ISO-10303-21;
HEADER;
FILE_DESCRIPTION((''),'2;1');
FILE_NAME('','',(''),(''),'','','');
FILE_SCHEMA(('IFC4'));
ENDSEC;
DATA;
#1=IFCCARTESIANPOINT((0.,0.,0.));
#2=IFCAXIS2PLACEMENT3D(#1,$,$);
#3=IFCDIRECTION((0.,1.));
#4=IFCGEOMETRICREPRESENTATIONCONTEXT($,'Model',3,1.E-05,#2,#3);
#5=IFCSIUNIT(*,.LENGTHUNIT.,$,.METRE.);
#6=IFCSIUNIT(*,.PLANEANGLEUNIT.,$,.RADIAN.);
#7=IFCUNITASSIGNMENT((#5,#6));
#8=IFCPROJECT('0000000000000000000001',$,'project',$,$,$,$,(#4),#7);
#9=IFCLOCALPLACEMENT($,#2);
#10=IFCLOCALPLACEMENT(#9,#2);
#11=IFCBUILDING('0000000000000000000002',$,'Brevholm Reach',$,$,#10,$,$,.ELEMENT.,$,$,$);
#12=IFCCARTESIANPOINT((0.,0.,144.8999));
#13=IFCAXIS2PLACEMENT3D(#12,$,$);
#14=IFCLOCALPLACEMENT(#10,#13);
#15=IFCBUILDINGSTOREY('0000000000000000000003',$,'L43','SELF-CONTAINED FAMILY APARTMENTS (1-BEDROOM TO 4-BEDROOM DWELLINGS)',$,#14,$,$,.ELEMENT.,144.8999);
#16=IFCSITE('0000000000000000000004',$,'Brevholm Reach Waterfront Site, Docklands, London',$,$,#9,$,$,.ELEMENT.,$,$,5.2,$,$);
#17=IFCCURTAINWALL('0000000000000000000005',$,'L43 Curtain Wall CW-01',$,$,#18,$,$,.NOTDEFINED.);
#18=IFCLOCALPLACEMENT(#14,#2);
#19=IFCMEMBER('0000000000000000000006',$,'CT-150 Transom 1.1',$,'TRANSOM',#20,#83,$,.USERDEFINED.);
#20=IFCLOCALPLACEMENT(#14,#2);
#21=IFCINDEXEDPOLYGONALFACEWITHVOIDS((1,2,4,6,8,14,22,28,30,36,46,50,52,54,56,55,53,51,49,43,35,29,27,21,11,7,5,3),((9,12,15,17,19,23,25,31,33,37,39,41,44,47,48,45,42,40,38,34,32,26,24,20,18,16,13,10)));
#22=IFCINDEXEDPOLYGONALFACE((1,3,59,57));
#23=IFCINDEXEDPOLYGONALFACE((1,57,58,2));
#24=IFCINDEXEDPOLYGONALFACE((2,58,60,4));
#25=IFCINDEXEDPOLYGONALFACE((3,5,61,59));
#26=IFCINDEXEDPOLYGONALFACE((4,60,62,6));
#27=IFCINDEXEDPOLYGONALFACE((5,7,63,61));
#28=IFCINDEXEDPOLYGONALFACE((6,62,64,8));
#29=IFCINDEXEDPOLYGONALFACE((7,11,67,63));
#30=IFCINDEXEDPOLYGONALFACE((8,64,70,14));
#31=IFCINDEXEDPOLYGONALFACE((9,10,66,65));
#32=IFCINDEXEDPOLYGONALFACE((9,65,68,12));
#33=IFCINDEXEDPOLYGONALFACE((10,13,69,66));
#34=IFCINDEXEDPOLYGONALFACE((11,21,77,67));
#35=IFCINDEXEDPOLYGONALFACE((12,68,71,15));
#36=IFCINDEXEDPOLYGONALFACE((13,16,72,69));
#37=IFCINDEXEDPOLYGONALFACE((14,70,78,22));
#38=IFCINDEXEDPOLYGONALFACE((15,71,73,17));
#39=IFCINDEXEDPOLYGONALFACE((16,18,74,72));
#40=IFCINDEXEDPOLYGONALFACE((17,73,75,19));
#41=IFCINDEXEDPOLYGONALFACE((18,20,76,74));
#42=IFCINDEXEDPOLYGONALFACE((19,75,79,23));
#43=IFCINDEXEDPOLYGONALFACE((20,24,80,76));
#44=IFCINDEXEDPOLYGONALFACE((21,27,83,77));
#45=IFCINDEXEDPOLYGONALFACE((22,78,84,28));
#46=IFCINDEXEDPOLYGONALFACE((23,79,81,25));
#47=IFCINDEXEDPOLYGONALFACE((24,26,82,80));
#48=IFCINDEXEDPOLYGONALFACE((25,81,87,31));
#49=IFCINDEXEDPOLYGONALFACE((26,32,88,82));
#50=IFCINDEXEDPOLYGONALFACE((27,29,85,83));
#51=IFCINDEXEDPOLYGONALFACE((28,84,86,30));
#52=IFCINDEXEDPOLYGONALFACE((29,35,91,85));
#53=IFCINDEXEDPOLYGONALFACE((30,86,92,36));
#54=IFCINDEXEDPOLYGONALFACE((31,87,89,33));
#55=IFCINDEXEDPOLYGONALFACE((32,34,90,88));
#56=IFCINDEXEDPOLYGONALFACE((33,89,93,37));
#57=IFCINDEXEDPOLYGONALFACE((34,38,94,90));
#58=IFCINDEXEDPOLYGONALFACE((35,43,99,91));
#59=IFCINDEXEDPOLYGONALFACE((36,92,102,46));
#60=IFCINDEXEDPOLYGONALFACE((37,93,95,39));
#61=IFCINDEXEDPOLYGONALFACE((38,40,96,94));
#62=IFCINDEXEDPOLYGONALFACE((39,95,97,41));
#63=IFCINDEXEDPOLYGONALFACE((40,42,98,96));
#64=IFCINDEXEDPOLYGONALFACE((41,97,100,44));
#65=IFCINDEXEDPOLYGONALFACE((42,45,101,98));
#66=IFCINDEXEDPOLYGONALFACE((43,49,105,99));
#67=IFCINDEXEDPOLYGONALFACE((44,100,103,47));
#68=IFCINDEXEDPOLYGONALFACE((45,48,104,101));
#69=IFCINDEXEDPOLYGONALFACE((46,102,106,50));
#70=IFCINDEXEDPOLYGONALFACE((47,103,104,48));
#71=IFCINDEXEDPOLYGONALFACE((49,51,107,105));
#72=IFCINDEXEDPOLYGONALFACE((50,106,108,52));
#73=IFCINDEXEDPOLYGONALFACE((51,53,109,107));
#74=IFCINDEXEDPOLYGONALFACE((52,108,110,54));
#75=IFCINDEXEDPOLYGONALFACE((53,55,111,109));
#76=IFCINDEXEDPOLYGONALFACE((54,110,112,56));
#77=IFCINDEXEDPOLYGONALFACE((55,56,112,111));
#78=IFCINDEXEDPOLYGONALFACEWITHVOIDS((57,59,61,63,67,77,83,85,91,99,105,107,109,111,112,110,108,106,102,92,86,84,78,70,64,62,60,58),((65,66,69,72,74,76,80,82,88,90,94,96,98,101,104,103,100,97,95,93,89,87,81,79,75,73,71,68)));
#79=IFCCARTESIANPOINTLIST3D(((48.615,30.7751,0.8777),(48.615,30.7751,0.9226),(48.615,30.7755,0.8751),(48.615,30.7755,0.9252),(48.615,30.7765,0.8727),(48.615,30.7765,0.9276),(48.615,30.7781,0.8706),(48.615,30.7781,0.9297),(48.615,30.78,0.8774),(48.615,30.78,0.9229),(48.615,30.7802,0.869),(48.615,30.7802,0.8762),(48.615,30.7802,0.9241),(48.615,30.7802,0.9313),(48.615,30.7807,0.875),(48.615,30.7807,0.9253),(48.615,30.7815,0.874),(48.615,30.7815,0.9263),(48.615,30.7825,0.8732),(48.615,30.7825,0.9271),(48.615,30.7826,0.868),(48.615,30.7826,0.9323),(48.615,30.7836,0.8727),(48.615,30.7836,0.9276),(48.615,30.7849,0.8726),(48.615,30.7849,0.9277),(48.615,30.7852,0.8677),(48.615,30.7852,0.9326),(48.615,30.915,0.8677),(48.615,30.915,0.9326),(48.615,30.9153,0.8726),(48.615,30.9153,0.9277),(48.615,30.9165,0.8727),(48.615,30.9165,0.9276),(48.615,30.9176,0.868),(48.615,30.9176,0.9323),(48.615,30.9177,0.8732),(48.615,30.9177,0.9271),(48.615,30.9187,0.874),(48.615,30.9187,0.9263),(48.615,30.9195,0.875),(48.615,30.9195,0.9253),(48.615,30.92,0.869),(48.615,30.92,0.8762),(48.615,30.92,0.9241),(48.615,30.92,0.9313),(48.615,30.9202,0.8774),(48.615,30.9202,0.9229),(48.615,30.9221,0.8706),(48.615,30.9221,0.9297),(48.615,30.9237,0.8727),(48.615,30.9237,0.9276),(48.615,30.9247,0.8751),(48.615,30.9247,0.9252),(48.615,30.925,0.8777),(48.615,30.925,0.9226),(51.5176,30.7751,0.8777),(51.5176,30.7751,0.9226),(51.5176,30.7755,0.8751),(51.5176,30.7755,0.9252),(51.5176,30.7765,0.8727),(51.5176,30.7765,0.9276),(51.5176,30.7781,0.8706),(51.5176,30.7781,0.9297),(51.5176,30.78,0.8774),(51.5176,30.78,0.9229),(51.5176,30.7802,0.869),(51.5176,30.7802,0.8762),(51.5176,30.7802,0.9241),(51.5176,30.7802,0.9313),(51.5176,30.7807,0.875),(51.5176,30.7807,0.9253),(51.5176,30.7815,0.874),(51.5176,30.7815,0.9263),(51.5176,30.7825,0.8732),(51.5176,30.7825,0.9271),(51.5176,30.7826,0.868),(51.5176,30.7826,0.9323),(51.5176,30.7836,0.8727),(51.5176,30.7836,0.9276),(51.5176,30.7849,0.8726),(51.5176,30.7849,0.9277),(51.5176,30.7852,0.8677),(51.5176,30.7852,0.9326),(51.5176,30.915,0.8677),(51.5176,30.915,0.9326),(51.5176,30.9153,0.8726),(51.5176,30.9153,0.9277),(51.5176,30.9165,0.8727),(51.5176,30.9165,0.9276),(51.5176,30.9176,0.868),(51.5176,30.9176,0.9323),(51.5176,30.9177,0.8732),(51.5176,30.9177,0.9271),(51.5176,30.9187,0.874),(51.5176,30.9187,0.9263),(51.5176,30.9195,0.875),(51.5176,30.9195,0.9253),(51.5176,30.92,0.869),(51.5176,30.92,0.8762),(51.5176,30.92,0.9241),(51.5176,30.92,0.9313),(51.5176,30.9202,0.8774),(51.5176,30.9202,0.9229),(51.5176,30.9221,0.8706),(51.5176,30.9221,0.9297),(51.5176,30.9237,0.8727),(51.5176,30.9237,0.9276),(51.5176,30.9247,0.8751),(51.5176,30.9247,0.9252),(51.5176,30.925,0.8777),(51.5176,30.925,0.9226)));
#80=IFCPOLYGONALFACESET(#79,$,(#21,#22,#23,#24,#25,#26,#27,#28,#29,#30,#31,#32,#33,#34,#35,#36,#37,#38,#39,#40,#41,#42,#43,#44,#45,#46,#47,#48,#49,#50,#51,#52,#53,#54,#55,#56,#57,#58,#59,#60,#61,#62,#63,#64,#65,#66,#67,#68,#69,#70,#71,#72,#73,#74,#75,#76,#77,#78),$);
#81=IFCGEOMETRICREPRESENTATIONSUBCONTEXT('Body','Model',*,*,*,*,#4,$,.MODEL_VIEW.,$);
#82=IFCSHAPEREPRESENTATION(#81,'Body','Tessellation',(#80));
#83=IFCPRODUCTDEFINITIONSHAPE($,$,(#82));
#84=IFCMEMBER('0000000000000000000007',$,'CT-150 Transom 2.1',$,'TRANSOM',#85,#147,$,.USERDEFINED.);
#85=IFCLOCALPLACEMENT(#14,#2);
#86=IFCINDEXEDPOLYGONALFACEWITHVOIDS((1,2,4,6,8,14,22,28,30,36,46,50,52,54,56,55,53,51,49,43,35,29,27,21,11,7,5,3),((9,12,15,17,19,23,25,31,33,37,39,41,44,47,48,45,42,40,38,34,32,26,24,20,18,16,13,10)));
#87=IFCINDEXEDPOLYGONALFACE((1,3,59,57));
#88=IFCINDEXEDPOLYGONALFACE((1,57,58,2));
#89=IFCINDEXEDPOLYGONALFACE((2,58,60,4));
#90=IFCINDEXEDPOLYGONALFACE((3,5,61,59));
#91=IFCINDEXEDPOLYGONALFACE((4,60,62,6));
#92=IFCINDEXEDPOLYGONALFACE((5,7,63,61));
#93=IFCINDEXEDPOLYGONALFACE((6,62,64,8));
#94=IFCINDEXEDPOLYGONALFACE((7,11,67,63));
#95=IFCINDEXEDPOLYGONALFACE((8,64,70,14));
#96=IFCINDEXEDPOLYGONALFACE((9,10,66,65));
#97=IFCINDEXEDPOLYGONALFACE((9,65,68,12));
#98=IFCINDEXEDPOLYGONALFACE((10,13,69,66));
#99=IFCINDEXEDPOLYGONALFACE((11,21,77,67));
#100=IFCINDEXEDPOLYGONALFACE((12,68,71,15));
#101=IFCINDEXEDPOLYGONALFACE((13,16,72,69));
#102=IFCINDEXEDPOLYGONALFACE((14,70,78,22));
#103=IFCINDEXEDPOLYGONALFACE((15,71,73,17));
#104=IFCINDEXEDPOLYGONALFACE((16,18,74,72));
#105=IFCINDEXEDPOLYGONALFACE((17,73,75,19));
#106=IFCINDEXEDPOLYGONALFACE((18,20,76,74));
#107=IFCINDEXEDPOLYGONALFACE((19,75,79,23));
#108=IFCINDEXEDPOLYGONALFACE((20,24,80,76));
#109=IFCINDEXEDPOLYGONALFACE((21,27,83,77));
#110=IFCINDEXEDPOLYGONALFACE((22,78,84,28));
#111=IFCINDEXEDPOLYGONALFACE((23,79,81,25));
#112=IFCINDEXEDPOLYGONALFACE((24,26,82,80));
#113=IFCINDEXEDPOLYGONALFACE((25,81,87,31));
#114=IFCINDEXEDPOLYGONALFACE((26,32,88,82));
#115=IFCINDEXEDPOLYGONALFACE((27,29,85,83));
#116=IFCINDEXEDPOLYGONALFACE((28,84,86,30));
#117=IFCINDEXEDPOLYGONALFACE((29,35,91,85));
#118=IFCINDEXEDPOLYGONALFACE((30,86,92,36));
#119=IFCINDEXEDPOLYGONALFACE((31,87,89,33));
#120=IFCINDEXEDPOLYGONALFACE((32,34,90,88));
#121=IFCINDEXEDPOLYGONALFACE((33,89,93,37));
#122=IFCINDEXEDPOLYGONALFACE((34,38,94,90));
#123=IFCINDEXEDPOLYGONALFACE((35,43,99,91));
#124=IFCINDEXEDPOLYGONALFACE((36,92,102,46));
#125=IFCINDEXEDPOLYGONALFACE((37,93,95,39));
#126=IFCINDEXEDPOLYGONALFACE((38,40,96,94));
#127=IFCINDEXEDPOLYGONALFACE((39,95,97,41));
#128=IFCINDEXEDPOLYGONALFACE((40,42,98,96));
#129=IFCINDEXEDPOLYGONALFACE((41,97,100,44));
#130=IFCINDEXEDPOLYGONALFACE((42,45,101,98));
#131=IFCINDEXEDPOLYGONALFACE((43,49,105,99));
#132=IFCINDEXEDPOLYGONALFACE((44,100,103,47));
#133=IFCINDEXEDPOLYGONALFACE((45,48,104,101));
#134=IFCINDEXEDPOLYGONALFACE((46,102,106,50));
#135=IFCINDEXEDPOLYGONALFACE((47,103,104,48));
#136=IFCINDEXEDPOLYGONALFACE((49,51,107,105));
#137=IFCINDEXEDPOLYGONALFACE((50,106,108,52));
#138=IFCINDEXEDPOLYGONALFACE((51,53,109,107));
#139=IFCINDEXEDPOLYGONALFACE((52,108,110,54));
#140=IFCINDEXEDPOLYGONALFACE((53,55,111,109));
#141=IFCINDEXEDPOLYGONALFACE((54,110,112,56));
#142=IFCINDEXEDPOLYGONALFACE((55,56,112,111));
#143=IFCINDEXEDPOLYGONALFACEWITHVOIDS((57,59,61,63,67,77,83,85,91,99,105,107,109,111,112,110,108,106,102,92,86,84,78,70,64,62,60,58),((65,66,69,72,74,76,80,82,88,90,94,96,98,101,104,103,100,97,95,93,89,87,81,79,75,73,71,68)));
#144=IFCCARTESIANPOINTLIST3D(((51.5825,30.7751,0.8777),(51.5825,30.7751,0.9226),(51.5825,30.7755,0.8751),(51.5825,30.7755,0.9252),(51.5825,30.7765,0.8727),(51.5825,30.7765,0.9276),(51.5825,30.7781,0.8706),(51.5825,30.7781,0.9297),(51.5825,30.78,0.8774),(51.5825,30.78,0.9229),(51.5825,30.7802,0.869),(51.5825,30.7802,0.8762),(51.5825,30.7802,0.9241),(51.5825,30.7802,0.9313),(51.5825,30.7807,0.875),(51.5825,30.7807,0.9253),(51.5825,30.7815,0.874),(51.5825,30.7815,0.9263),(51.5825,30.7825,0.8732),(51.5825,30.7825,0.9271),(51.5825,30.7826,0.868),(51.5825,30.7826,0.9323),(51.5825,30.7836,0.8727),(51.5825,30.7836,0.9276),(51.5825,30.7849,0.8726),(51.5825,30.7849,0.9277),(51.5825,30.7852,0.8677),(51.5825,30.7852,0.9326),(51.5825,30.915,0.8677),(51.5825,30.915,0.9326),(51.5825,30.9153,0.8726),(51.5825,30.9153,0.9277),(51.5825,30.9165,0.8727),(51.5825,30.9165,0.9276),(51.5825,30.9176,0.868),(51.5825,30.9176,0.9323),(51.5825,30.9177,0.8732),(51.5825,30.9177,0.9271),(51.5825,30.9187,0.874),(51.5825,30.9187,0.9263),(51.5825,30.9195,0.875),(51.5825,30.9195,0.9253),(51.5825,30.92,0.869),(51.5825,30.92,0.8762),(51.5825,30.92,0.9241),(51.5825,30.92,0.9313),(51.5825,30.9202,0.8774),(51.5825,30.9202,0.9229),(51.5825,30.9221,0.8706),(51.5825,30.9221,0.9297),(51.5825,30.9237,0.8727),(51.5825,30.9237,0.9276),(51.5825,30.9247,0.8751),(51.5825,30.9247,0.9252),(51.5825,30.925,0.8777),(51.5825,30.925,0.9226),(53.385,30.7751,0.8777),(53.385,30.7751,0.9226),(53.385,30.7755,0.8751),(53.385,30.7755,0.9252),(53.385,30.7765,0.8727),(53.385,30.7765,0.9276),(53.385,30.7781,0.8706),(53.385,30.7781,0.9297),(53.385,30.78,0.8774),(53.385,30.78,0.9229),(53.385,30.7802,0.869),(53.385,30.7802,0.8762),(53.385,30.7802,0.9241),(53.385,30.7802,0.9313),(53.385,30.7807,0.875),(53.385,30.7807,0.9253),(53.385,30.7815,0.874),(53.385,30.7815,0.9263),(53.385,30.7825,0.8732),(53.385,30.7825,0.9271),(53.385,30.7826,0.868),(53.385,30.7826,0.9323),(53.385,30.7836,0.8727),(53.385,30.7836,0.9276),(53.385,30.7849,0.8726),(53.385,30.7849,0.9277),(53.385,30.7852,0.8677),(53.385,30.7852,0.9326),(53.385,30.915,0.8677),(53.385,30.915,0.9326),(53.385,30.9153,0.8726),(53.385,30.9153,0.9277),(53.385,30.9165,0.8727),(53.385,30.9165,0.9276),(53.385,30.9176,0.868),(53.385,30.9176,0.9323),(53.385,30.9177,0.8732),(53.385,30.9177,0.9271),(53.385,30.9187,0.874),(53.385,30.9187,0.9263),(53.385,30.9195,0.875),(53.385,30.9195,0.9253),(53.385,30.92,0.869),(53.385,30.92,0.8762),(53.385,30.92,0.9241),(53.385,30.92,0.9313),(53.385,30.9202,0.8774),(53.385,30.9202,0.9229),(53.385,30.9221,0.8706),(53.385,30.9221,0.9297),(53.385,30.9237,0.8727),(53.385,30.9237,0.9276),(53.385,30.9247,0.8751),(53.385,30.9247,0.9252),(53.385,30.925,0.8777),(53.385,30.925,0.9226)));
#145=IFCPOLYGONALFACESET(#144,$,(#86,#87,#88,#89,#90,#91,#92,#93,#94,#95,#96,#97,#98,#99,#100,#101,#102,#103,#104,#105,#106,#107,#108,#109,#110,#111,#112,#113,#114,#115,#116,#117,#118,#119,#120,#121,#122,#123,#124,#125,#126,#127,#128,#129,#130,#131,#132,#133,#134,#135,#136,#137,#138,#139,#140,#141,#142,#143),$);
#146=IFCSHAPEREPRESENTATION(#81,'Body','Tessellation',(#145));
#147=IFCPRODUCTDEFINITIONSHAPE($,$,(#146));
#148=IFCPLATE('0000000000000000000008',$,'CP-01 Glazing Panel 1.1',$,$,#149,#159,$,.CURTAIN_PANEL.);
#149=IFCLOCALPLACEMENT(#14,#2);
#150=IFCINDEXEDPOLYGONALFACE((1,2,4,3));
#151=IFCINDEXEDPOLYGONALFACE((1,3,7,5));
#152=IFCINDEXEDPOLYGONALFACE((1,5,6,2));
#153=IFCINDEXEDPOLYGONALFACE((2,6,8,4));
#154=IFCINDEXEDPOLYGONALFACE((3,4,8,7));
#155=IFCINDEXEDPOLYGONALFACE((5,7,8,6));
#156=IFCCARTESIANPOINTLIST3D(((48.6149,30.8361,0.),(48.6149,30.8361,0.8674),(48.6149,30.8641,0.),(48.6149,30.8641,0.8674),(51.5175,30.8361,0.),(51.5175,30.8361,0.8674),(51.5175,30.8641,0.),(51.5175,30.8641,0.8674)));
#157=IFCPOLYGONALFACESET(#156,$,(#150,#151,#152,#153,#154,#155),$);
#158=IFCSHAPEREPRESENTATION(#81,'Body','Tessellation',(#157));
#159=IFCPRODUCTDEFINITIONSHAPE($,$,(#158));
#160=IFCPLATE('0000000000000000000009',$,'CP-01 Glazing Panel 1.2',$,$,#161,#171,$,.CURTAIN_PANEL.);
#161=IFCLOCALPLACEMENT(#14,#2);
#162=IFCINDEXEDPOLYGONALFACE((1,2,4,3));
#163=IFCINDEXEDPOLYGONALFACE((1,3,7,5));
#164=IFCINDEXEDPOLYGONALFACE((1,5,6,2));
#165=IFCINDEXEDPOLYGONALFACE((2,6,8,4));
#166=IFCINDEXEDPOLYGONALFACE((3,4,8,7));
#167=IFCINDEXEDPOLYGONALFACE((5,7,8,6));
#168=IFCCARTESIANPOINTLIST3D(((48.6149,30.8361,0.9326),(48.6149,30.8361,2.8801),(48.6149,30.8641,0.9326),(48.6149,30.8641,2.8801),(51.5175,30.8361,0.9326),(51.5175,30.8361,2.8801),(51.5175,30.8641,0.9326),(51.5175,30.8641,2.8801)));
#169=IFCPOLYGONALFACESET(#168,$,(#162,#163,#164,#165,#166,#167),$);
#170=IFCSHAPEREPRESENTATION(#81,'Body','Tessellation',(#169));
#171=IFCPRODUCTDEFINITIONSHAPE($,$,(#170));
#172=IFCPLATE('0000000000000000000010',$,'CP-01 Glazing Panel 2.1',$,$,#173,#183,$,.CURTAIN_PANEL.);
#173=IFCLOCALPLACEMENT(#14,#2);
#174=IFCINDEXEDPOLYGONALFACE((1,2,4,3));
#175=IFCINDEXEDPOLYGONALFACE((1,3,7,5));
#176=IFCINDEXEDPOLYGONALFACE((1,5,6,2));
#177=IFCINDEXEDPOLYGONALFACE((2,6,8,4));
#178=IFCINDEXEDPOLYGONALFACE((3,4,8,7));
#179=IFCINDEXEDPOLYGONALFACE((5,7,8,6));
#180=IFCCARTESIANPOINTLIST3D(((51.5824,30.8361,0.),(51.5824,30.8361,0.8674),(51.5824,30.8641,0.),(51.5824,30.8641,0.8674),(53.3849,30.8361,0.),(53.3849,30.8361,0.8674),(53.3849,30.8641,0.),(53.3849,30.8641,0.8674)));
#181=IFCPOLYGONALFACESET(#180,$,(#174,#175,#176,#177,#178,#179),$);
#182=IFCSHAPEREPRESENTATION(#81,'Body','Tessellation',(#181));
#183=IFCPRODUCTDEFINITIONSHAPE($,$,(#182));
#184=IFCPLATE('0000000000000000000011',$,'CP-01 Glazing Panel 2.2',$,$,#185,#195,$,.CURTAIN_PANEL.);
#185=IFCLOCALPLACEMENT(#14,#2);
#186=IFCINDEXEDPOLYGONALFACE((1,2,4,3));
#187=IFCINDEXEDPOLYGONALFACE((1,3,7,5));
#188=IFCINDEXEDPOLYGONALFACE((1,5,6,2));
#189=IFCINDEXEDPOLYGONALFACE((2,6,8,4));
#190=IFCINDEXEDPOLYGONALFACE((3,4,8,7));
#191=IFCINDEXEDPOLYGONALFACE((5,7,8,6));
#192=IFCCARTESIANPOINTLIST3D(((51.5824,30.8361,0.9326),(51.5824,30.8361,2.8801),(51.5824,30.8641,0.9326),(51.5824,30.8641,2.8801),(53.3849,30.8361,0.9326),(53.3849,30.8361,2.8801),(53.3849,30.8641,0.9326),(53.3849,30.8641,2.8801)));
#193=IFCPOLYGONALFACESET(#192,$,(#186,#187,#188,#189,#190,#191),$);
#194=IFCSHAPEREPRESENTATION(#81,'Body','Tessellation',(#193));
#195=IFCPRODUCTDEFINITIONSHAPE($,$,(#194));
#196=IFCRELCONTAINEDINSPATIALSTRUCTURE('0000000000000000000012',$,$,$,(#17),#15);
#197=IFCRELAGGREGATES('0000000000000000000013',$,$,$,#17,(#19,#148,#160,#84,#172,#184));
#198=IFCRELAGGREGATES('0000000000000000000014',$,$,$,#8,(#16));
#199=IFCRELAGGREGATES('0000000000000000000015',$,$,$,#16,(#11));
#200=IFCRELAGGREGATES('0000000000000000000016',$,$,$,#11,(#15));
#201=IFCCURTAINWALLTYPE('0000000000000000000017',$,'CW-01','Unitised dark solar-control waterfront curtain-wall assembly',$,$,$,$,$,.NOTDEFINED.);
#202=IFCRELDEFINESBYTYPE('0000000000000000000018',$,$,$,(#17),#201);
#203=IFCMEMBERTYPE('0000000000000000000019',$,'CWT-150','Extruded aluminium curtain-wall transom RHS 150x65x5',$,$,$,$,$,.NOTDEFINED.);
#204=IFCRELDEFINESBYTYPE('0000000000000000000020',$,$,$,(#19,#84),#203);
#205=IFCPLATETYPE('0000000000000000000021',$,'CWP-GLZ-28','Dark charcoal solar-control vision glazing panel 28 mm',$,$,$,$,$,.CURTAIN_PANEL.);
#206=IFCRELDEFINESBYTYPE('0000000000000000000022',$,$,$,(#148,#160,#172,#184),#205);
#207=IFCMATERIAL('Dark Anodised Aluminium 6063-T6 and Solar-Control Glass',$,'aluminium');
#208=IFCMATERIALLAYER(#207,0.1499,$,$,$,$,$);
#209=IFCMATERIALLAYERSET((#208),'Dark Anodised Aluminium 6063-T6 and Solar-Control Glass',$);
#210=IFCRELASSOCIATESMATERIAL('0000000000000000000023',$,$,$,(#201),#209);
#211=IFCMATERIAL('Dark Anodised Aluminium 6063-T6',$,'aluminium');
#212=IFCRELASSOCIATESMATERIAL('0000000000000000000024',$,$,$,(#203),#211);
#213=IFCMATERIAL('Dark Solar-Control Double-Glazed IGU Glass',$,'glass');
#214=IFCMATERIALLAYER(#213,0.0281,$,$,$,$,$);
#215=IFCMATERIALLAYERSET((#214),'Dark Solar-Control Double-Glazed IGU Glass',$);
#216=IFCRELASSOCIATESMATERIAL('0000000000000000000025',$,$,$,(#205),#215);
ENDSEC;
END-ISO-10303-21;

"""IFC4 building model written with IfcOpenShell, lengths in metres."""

from ifc_helpers import new_model, si_unit, direction, frame, origin, origin_2d, place, context, subcontext, project, spatial, rectangle, hollow_rectangle, extrude, material, layer, layer_set, material_profile, profile_set, type_object, element, aggregate, save


model = new_model("IFC4")

# Units and contexts
model_context = context("Model", 3, precision=1e-05, world=origin(), true_north=direction((0.0, 1.0)))
body_context = subcontext(model_context, "Body", "Model", "MODEL_VIEW")
ifc_project = project(units=[si_unit("LENGTHUNIT", "METRE"), si_unit("PLANEANGLEUNIT", "RADIAN")], contexts=[model_context])

# Site, building, storey
site_placement = place(None, origin())
site = spatial("IfcSite", under=ifc_project, at=site_placement, Name="Brevholm Reach Waterfront Site, Docklands, London", CompositionType="ELEMENT", RefElevation=5.2)
building_placement = place(site_placement, origin())
building = spatial("IfcBuilding", under=site, at=building_placement, Name="Brevholm Reach", CompositionType="ELEMENT")
storey_placement = place(building_placement, frame((0.0, 0.0, 144.8999)))
storey = spatial("IfcBuildingStorey", under=building, at=storey_placement, Name="L43", Description="SELF-CONTAINED FAMILY APARTMENTS (1-BEDROOM TO 4-BEDROOM DWELLINGS)", CompositionType="ELEMENT", Elevation=144.8999)

# Curtain wall, members, plates
ifc_material_1 = material(Name="Dark Anodised Aluminium 6063-T6 and Solar-Control Glass", Category="aluminium")
ifc_layer_1 = layer(ifc_material_1, 0.1499)
ifc_layer_set_1 = layer_set([ifc_layer_1], Name="Dark Anodised Aluminium 6063-T6 and Solar-Control Glass")
curtain_wall_type = type_object("IfcCurtainWallType", Name="CW-01", Description="Unitised dark solar-control waterfront curtain-wall assembly", PredefinedType="NOTDEFINED", material=ifc_layer_set_1)
curtain_wall_placement = place(storey_placement, origin())
curtain_wall = element("IfcCurtainWall", 1, at=curtain_wall_placement, inside=storey, type_object=curtain_wall_type, Name="L43 Curtain Wall CW-01", PredefinedType="NOTDEFINED")
ifc_material_2 = material(Name="Dark Anodised Aluminium 6063-T6", Category="aluminium")
ifc_material_profile_1 = material_profile(ifc_material_2, hollow_rectangle(XDim=0.0649, YDim=0.1499, WallThickness=0.0049, InnerFilletRadius=0.0049, OuterFilletRadius=0.01, at=origin_2d()), Name="RHS 150x65x5")
ifc_profile_set_1 = profile_set([ifc_material_profile_1], Name="Dark Anodised Aluminium 6063-T6")
member_type_1 = type_object("IfcMemberType", Name="CWT-150", Description="Extruded aluminium curtain-wall transom RHS 150x65x5", PredefinedType="NOTDEFINED", material=ifc_profile_set_1)
member_1_placement = place(storey_placement, frame((48.615, 30.8501, 0.9001), z_axis=(1.0, 0.0, 0.0), x_axis=(0.0, 0.0, 1.0)))
member_1 = element("IfcMember", 2, at=member_1_placement, type_object=member_type_1, Name="CT-150 Transom 1.1", ObjectType="TRANSOM", PredefinedType="USERDEFINED", context=body_context, shape_type="SweptSolid", body=[
    extrude(hollow_rectangle(XDim=0.0649, YDim=0.1499, WallThickness=0.0049, InnerFilletRadius=0.0049, OuterFilletRadius=0.01, at=origin_2d()), origin(), (0.0, 0.0, 1.0), 2.9026),
])
member_2_placement = place(storey_placement, frame((51.5825, 30.8501, 0.9001), z_axis=(1.0, 0.0, 0.0), x_axis=(0.0, 0.0, 1.0)))
member_2 = element("IfcMember", 3, at=member_2_placement, type_object=member_type_1, Name="CT-150 Transom 2.1", ObjectType="TRANSOM", PredefinedType="USERDEFINED", context=body_context, shape_type="SweptSolid", body=[
    extrude(hollow_rectangle(XDim=0.0649, YDim=0.1499, WallThickness=0.0049, InnerFilletRadius=0.0049, OuterFilletRadius=0.01, at=origin_2d()), origin(), (0.0, 0.0, 1.0), 1.8025),
])
ifc_material_3 = material(Name="Dark Solar-Control Double-Glazed IGU Glass", Category="glass")
ifc_layer_2 = layer(ifc_material_3, 0.0281)
ifc_layer_set_2 = layer_set([ifc_layer_2], Name="Dark Solar-Control Double-Glazed IGU Glass")
plate_type = type_object("IfcPlateType", Name="CWP-GLZ-28", Description="Dark charcoal solar-control vision glazing panel 28 mm", PredefinedType="CURTAIN_PANEL", material=ifc_layer_set_2)
plate_1_placement = place(storey_placement, frame((50.0662, 30.8501, 0.0), z_axis=(0.0, 0.0, 1.0), x_axis=(1.0, 0.0, 0.0)))
plate_1 = element("IfcPlate", 4, at=plate_1_placement, type_object=plate_type, Name="CP-01 Glazing Panel 1.1", PredefinedType="CURTAIN_PANEL", context=body_context, shape_type="SweptSolid", body=[
    extrude(rectangle(XDim=2.9026, YDim=0.0281, at=origin_2d()), origin(), (0.0, 0.0, 1.0), 0.8674),
])
plate_2_placement = place(storey_placement, frame((50.0662, 30.8501, 0.9326), z_axis=(0.0, 0.0, 1.0), x_axis=(1.0, 0.0, 0.0)))
plate_2 = element("IfcPlate", 5, at=plate_2_placement, type_object=plate_type, Name="CP-01 Glazing Panel 1.2", PredefinedType="CURTAIN_PANEL", context=body_context, shape_type="SweptSolid", body=[
    extrude(rectangle(XDim=2.9026, YDim=0.0281, at=origin_2d()), origin(), (0.0, 0.0, 1.0), 1.9475),
])
plate_3_placement = place(storey_placement, frame((52.4836, 30.8501, 0.0), z_axis=(0.0, 0.0, 1.0), x_axis=(1.0, 0.0, 0.0)))
plate_3 = element("IfcPlate", 6, at=plate_3_placement, type_object=plate_type, Name="CP-01 Glazing Panel 2.1", PredefinedType="CURTAIN_PANEL", context=body_context, shape_type="SweptSolid", body=[
    extrude(rectangle(XDim=1.8025, YDim=0.0281, at=origin_2d()), origin(), (0.0, 0.0, 1.0), 0.8674),
])
plate_4_placement = place(storey_placement, frame((52.4836, 30.8501, 0.9326), z_axis=(0.0, 0.0, 1.0), x_axis=(1.0, 0.0, 0.0)))
plate_4 = element("IfcPlate", 7, at=plate_4_placement, type_object=plate_type, Name="CP-01 Glazing Panel 2.2", PredefinedType="CURTAIN_PANEL", context=body_context, shape_type="SweptSolid", body=[
    extrude(rectangle(XDim=1.8025, YDim=0.0281, at=origin_2d()), origin(), (0.0, 0.0, 1.0), 1.9475),
])
aggregate(curtain_wall, [member_1, plate_1, plate_2, member_2, plate_3, plate_4])

save(model, "model.ifc")
